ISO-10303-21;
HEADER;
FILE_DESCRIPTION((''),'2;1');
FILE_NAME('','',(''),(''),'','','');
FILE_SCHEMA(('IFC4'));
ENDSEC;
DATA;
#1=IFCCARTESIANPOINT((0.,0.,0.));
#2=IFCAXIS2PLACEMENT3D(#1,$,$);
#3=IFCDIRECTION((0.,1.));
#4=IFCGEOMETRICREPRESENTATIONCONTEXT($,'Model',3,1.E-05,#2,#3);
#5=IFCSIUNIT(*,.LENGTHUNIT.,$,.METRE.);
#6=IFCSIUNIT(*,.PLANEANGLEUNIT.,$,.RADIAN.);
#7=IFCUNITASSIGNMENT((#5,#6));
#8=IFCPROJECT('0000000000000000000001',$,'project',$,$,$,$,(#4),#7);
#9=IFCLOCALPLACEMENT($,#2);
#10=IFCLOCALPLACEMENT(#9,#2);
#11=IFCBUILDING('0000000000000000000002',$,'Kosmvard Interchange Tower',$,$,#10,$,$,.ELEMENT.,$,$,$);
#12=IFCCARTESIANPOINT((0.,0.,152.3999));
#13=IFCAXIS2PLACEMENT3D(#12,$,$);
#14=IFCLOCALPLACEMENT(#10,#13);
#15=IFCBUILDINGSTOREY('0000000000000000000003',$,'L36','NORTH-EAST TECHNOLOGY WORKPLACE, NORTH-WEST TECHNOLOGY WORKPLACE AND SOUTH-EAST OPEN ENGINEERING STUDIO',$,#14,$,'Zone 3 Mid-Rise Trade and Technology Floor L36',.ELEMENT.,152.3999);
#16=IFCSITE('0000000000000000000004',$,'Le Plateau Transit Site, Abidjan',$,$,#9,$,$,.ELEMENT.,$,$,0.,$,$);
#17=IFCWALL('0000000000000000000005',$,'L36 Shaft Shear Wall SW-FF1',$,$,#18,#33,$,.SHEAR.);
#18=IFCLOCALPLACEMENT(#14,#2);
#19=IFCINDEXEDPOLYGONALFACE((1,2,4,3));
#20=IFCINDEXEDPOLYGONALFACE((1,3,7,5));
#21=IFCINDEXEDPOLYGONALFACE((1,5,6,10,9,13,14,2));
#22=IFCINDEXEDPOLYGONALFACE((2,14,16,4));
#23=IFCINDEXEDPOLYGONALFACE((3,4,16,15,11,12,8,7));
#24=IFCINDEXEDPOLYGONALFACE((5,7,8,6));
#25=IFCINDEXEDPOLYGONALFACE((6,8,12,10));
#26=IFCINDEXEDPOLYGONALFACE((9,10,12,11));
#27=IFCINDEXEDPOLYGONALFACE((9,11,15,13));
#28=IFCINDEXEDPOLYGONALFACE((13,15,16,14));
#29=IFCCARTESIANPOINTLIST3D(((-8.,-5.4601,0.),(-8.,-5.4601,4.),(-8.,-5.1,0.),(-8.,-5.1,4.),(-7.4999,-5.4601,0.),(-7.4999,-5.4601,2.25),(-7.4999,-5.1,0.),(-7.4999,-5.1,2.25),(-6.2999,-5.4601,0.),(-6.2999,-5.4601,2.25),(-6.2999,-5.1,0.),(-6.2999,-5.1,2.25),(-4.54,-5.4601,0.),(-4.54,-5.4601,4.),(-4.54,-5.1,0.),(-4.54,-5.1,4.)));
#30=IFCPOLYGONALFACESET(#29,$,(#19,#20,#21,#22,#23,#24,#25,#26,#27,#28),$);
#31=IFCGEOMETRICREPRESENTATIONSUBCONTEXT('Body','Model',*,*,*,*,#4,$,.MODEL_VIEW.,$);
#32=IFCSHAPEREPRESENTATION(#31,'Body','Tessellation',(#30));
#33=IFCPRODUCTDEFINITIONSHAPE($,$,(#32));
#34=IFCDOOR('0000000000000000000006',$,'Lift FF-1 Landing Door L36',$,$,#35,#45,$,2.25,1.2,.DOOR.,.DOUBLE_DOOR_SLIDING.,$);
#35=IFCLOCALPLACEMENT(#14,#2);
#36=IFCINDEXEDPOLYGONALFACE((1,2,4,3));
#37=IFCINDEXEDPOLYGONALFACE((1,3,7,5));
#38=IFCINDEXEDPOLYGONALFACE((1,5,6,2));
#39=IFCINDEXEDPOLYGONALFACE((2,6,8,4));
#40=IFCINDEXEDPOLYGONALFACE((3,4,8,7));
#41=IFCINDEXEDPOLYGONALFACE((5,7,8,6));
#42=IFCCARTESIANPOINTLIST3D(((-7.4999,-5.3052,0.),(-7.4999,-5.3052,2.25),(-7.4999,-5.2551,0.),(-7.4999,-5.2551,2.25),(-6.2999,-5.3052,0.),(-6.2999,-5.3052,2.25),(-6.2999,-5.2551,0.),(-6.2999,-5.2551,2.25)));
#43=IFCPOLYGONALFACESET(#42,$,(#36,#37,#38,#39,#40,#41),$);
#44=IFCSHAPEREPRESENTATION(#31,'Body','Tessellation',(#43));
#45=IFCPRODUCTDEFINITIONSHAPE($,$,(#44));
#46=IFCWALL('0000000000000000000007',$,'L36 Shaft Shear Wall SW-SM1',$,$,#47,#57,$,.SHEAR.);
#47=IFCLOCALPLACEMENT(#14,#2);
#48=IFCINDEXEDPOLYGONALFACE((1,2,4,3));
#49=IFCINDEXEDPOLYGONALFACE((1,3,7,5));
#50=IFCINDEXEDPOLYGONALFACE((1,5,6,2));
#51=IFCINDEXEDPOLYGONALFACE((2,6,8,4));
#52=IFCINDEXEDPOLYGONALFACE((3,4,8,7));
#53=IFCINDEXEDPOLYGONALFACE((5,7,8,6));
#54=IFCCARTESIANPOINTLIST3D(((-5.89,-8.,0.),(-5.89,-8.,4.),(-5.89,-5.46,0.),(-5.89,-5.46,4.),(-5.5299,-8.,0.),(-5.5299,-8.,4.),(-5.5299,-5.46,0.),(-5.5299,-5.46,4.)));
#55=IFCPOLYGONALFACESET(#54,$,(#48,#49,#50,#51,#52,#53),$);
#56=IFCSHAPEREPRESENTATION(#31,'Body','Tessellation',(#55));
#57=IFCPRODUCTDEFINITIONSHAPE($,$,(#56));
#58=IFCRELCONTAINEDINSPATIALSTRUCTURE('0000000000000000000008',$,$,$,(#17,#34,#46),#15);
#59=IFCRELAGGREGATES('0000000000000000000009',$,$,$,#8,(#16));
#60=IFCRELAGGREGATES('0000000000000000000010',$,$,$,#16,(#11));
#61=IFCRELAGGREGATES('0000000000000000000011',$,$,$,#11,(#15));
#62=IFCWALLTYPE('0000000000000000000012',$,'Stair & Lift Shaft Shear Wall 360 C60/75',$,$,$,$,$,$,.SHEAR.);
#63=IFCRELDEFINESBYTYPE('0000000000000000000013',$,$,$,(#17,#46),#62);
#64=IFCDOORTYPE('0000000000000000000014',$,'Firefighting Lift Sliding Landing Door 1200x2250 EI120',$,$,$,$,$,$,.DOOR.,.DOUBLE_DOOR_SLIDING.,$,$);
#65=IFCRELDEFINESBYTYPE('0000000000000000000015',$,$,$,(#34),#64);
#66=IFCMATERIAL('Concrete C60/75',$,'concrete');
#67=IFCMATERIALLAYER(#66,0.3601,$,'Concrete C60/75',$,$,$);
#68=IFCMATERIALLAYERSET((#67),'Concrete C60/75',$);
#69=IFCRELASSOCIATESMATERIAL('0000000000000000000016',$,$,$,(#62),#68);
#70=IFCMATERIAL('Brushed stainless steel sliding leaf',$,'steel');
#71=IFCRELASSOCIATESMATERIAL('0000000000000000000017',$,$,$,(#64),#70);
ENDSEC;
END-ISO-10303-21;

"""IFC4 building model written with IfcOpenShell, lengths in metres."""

from ifc_helpers import new_model, si_unit, direction, frame, frame_2d, origin, place, context, subcontext, project, spatial, rectangle, extrude, source, transform, mapped, material, layer, layer_set, type_object, element, fill, save


model = new_model("IFC4")

# Units and contexts
model_context = context("Model", 3, precision=1e-05, world=origin(), true_north=direction((0.0, 1.0)))
body_context = subcontext(model_context, "Body", "Model", "MODEL_VIEW")
ifc_project = project(units=[si_unit("LENGTHUNIT", "METRE"), si_unit("PLANEANGLEUNIT", "RADIAN")], contexts=[model_context])

# Site, building, storey
site_placement = place(None, origin())
site = spatial("IfcSite", under=ifc_project, at=site_placement, Name="Le Plateau Transit Site, Abidjan", CompositionType="ELEMENT", RefElevation=0.0)
building_placement = place(site_placement, origin())
building = spatial("IfcBuilding", under=site, at=building_placement, Name="Kosmvard Interchange Tower", CompositionType="ELEMENT")
storey_placement = place(building_placement, frame((0.0, 0.0, 152.3999)))
storey = spatial("IfcBuildingStorey", under=building, at=storey_placement, Name="L36", Description="NORTH-EAST TECHNOLOGY WORKPLACE, NORTH-WEST TECHNOLOGY WORKPLACE AND SOUTH-EAST OPEN ENGINEERING STUDIO", LongName="Zone 3 Mid-Rise Trade and Technology Floor L36", CompositionType="ELEMENT", Elevation=152.3999)

# Shared definitions
ifc_material_1 = material(Name="Concrete C60/75", Category="concrete")

# Shared definitions
ifc_material_2 = material(Name="Brushed stainless steel sliding leaf", Category="steel")

# Shared definitions
ifc_layer_1 = layer(ifc_material_1, 0.3601, Name="Concrete C60/75")
ifc_layer_set_1 = layer_set([ifc_layer_1], Name="Concrete C60/75")
wall_type_1 = type_object("IfcWallType", Name="Stair & Lift Shaft Shear Wall 360 C60/75", PredefinedType="SHEAR", material=ifc_layer_set_1)

# Wall, opening, door
wall_1_placement = place(storey_placement, frame((-8.0, -5.28, 0.0), z_axis=(0.0, 0.0, 1.0), x_axis=(1.0, 0.0, 0.0)))
wall_1 = element("IfcWall", 1, at=wall_1_placement, inside=storey, type_object=wall_type_1, Name="L36 Shaft Shear Wall SW-FF1", PredefinedType="SHEAR", context=body_context, shape_type="SweptSolid", body=[
    extrude(rectangle(XDim=3.46, YDim=0.3601, at=frame_2d((1.73, 0.0))), origin(), (0.0, 0.0, 1.0), 4.0),
])
opening_1_placement = place(wall_1_placement, frame((0.5, 0.0, 0.0)))
opening_1 = element("IfcOpeningElement", 2, at=opening_1_placement, cuts=wall_1, PredefinedType="OPENING", context=body_context, shape_type="SweptSolid", body=[
    extrude(rectangle(XDim=1.2, YDim=2.25, at=frame_2d((0.6001, 1.125))), frame((0.0, 0.1899, 0.0), z_axis=(0.0, -1.0, 0.0), x_axis=(1.0, 0.0, 0.0)), (0.0, 0.0, 1.0), 0.3801),
])
door_type_1 = type_object("IfcDoorType", Name="Firefighting Lift Sliding Landing Door 1200x2250 EI120", OperationType="DOUBLE_DOOR_SLIDING", PredefinedType="DOOR", material=ifc_material_2)
shared_shape_1 = source(origin(), body_context, "Body", "SweptSolid", [
    extrude(rectangle(XDim=1.2, YDim=2.25, at=frame_2d((0.6001, 1.125))), frame((0.0, 0.0249, 0.0), z_axis=(0.0, -1.0, 0.0), x_axis=(1.0, 0.0, 0.0)), (0.0, 0.0, 1.0), 0.05),
])
door_1_placement = place(opening_1_placement, origin())
door_1 = element("IfcDoor", 3, at=door_1_placement, inside=storey, type_object=door_type_1, Name="Lift FF-1 Landing Door L36", OperationType="DOUBLE_DOOR_SLIDING", OverallHeight=2.25, OverallWidth=1.2, PredefinedType="DOOR", context=body_context, shape_type="MappedRepresentation", body=[
    mapped(shared_shape_1, transform((0.0, 0.0, 0.0), scale=1.0)),
])
fill(opening_1, door_1)

# Wall
wall_2_placement = place(storey_placement, frame((-5.71, -8.0, 0.0), z_axis=(0.0, 0.0, 1.0), x_axis=(0.0, 1.0, 0.0)))
element("IfcWall", 4, at=wall_2_placement, inside=storey, type_object=wall_type_1, Name="L36 Shaft Shear Wall SW-SM1", PredefinedType="SHEAR", context=body_context, shape_type="SweptSolid", body=[
    extrude(rectangle(XDim=2.54, YDim=0.3601, at=frame_2d((1.27, 0.0))), origin(), (0.0, 0.0, 1.0), 4.0),
])

save(model, "model.ifc")
